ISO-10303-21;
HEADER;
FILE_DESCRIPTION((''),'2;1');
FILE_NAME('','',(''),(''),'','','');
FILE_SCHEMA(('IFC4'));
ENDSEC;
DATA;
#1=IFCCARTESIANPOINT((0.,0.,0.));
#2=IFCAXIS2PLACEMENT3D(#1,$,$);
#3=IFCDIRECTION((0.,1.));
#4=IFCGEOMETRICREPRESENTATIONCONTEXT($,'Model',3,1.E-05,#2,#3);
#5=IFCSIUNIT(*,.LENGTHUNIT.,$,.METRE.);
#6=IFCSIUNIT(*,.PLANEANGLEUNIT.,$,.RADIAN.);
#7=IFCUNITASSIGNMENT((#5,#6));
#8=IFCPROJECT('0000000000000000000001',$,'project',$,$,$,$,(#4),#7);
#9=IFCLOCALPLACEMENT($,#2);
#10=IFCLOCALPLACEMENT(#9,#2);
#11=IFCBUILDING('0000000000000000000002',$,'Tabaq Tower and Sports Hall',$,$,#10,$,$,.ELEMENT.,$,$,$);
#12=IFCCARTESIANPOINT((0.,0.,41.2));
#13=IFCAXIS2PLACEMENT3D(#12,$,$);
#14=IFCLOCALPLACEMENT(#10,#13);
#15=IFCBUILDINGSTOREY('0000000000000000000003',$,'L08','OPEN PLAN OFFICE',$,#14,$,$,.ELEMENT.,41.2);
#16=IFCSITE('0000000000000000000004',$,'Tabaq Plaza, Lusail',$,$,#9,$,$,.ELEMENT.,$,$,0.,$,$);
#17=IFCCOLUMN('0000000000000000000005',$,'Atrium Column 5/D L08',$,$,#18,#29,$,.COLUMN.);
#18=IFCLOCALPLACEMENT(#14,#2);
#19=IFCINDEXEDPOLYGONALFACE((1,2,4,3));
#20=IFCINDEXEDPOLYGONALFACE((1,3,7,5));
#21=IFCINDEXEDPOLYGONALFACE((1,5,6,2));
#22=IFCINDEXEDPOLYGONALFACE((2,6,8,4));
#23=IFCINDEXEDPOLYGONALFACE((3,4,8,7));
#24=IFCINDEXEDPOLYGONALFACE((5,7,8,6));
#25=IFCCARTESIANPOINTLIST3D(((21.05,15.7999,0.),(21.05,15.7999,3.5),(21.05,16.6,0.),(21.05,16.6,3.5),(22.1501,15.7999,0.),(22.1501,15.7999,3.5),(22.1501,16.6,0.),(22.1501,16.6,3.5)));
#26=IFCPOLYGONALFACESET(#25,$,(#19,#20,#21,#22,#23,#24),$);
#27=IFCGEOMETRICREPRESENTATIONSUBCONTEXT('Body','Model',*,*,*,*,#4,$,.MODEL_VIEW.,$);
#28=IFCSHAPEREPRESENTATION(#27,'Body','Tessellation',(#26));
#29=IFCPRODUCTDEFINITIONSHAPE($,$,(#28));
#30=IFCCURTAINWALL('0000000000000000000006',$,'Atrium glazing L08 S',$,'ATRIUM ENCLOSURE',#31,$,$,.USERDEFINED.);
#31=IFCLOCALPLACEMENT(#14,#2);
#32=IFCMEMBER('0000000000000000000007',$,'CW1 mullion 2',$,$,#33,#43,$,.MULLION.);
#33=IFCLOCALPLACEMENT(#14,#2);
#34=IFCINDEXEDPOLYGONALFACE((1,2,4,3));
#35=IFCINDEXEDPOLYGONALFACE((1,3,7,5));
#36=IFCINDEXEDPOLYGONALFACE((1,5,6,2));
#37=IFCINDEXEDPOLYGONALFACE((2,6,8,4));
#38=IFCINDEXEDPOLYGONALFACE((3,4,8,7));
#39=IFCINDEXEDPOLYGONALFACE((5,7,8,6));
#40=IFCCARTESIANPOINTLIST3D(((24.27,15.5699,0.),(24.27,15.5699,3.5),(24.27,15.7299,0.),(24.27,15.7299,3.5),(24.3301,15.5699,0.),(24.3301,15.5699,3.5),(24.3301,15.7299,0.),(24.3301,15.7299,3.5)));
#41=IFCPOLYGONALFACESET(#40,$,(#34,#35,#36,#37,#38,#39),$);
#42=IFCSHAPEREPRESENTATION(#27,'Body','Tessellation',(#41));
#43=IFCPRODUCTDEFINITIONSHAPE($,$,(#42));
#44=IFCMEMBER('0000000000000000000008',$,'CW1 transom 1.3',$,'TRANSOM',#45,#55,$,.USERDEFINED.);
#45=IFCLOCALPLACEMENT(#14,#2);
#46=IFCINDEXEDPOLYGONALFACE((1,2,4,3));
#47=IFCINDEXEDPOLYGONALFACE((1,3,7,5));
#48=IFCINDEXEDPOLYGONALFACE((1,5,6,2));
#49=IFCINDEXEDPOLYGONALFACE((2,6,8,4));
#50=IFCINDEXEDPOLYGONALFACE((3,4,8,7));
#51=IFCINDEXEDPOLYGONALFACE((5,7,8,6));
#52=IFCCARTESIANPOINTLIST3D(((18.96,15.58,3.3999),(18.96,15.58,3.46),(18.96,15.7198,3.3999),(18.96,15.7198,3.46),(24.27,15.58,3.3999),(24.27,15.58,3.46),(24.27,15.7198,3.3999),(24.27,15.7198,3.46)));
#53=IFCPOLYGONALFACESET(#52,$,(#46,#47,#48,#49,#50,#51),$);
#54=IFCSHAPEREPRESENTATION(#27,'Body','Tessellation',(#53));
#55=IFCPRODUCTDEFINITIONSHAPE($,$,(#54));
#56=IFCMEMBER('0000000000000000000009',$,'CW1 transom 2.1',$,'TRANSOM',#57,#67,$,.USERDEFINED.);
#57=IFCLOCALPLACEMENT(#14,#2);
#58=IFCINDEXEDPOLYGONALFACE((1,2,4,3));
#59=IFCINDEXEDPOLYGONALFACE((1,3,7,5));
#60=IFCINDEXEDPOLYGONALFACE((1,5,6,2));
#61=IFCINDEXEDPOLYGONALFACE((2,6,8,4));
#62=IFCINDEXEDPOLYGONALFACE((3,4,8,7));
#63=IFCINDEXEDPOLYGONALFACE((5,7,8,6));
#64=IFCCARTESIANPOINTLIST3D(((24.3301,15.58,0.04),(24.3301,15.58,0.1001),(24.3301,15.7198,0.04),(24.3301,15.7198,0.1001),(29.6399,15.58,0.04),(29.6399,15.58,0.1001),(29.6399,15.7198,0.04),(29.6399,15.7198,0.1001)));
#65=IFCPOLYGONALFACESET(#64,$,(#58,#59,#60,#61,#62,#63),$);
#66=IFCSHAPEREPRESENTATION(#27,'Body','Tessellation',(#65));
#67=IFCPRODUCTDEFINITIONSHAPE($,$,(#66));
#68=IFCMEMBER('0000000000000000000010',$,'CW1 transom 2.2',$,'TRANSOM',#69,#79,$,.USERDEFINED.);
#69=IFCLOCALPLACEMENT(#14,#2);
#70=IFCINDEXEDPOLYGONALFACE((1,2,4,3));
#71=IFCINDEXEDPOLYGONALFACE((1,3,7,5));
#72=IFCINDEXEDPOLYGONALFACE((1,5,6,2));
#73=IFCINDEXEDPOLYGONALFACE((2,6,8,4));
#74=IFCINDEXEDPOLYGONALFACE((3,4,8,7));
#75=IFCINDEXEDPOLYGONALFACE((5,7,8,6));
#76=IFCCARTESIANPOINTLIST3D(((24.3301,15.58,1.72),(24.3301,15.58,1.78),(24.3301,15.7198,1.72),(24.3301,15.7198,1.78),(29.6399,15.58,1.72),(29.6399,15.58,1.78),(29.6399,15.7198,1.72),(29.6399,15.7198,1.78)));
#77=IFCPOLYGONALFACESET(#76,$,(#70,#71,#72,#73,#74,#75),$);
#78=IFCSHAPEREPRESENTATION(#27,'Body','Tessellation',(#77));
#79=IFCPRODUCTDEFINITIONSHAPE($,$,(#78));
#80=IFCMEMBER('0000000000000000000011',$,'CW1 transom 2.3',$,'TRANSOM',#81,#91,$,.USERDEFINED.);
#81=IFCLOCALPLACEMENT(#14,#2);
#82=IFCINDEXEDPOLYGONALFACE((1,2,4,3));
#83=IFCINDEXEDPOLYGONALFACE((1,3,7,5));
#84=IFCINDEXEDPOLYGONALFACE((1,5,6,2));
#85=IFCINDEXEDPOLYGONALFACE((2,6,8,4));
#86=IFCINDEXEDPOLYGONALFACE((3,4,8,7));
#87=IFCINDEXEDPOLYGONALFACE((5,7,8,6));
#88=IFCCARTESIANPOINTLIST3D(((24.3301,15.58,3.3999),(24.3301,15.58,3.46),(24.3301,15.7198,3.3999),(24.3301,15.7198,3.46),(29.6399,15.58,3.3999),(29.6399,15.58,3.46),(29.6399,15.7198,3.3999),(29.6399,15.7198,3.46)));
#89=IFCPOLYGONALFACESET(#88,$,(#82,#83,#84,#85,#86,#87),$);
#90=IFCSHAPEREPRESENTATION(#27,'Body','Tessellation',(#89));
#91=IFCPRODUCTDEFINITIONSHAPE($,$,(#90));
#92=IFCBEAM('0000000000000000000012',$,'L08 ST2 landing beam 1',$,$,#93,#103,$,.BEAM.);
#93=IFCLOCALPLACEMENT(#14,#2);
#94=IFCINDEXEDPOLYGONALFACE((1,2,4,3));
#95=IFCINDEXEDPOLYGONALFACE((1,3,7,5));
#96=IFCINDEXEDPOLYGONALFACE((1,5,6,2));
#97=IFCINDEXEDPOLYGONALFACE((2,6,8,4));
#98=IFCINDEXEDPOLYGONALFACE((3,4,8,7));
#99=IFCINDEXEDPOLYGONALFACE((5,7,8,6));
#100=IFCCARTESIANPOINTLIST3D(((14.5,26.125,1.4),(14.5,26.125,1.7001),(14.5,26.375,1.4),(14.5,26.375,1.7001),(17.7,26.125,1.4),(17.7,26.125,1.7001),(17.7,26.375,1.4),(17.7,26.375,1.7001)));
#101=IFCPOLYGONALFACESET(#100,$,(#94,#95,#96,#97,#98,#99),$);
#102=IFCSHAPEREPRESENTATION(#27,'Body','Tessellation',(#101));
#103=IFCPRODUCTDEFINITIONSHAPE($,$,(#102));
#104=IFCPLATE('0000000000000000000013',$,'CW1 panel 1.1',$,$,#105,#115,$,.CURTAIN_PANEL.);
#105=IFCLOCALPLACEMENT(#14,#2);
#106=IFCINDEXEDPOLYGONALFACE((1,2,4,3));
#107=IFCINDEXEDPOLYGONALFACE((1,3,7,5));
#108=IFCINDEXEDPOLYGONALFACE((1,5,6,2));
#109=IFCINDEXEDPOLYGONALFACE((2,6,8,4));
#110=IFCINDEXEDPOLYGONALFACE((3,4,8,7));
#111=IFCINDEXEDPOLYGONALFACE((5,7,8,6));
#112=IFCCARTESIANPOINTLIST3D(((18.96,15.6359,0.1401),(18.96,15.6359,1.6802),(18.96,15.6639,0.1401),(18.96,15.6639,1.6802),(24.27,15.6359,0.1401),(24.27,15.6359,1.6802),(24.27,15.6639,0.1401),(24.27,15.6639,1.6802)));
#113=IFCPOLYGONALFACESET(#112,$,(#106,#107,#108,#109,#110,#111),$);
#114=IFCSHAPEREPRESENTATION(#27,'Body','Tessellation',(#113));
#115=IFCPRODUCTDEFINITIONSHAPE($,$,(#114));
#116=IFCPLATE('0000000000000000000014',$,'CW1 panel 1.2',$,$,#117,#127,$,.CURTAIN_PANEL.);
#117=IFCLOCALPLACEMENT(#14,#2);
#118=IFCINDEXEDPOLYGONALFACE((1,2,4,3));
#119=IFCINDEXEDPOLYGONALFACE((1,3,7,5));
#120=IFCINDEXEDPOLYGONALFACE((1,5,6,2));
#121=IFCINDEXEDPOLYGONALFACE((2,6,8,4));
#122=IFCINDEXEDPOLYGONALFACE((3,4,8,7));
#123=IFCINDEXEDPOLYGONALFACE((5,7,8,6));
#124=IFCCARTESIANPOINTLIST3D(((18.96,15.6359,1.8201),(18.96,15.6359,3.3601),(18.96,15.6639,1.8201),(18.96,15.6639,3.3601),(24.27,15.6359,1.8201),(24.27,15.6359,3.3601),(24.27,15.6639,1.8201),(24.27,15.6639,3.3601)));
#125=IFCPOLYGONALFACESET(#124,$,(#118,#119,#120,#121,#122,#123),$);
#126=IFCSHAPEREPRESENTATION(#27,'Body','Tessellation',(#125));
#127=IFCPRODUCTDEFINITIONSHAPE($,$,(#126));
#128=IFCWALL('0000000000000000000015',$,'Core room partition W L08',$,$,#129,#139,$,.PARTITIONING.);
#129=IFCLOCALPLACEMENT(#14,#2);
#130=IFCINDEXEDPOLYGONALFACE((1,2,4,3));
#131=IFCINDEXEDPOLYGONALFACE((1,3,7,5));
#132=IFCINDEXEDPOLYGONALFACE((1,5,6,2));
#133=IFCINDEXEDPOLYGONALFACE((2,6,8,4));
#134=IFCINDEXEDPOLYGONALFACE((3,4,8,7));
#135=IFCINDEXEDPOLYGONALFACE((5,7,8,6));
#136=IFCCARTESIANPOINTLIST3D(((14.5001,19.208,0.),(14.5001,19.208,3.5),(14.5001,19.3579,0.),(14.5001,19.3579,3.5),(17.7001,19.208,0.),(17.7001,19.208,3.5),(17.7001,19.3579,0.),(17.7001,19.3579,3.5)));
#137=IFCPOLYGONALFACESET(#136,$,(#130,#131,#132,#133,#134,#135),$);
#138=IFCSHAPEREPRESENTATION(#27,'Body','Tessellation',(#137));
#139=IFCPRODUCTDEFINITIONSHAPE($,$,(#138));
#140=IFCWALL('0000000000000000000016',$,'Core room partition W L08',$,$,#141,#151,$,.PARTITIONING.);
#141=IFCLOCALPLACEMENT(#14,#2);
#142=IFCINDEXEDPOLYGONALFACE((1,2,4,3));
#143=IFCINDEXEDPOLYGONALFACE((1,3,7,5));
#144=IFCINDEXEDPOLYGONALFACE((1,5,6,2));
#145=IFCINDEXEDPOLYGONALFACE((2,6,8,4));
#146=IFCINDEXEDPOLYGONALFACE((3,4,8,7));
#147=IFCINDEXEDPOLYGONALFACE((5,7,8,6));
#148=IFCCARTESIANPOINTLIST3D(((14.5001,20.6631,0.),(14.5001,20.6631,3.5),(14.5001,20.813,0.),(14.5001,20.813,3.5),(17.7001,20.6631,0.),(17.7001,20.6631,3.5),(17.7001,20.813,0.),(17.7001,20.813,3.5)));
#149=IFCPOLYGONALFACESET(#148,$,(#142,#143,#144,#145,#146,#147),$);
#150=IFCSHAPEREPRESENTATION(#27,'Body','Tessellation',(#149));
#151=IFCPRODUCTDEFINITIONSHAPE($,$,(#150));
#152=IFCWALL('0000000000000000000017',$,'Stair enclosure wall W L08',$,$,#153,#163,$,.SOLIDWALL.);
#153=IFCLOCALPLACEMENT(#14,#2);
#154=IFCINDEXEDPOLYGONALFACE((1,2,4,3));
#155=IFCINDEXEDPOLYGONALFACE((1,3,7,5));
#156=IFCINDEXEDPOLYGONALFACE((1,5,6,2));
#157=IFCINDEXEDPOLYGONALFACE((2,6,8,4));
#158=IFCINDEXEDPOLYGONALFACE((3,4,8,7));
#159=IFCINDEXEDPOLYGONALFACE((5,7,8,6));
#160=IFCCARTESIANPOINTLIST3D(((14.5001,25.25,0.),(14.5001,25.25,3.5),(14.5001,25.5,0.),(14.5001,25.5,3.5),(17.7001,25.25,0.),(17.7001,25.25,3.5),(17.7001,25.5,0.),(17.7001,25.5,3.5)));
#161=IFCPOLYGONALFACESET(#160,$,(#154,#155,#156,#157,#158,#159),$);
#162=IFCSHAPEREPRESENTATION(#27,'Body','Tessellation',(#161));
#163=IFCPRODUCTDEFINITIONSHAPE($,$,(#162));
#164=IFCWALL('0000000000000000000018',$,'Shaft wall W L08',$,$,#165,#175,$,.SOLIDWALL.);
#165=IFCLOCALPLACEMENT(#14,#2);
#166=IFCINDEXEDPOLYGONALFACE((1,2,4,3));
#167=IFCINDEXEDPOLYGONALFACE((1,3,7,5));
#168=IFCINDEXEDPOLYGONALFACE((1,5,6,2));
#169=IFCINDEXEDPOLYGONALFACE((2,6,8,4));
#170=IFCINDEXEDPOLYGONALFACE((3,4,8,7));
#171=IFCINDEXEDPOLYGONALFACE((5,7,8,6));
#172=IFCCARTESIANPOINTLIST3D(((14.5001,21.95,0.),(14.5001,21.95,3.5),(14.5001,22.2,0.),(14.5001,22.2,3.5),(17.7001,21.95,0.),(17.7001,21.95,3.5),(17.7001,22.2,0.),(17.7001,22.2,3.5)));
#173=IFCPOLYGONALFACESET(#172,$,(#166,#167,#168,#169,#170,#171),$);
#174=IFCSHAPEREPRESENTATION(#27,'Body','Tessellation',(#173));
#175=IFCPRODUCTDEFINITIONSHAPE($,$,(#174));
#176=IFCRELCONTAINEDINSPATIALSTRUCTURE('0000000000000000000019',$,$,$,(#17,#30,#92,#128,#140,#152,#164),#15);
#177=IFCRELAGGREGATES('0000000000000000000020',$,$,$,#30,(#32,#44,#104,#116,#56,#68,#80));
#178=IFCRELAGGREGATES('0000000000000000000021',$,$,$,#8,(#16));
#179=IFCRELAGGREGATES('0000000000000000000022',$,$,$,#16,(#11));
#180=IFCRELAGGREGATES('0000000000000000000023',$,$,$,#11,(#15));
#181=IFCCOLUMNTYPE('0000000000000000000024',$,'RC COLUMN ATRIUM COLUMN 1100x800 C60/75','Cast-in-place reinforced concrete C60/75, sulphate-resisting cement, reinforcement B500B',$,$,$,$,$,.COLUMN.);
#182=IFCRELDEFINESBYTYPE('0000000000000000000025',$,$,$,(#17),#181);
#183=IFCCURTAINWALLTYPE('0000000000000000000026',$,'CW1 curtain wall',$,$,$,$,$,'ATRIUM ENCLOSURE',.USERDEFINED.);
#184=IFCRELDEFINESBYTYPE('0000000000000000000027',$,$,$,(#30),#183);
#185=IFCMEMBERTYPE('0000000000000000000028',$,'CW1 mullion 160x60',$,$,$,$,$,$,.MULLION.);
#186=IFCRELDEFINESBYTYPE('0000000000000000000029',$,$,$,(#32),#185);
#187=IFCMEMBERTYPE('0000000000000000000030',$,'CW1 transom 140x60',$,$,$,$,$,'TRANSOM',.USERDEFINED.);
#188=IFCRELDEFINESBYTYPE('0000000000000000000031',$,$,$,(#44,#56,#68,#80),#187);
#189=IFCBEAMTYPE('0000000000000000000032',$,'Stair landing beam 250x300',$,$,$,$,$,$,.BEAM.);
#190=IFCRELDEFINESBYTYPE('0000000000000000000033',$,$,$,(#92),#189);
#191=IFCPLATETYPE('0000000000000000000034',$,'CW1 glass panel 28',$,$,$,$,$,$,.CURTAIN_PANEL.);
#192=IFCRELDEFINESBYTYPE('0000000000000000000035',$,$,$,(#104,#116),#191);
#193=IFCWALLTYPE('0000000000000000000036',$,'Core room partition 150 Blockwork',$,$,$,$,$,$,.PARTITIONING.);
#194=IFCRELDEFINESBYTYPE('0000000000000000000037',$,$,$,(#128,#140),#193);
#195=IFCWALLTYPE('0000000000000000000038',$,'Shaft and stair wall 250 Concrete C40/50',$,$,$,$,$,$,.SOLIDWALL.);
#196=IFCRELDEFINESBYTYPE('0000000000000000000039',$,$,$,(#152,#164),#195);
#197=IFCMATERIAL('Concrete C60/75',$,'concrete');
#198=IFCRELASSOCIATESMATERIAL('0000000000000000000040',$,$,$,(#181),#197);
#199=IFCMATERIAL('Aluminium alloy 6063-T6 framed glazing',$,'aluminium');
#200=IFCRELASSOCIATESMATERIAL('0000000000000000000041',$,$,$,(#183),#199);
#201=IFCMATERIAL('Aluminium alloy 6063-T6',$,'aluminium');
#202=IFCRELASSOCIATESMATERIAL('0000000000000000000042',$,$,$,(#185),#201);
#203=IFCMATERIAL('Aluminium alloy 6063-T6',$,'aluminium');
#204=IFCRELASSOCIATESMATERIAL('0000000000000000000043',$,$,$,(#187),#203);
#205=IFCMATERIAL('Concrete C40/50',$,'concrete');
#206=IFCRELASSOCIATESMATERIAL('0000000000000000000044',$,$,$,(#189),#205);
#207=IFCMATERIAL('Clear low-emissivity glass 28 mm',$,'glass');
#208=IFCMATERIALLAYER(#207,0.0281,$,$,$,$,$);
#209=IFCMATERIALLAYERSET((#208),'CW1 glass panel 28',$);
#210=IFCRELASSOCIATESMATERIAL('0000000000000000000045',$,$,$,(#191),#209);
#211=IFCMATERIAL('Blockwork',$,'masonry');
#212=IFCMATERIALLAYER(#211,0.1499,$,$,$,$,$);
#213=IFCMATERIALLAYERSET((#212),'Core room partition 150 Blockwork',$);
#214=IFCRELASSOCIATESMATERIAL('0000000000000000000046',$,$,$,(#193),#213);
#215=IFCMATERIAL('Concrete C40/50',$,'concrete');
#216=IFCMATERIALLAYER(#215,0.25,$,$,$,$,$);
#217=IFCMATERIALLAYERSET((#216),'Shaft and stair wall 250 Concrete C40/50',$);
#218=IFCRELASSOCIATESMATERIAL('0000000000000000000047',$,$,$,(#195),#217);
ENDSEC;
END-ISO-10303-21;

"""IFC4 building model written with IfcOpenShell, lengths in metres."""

from ifc_helpers import new_model, si_unit, direction, frame, frame_2d, origin, origin_2d, place, context, subcontext, project, spatial, rectangle, extrude, material, layer, layer_set, material_profile, profile_set, type_object, element, aggregate, save


model = new_model("IFC4")

# Units and contexts
model_context = context("Model", 3, precision=1e-05, world=origin(), true_north=direction((0.0, 1.0)))
body_context = subcontext(model_context, "Body", "Model", "MODEL_VIEW")
ifc_project = project(units=[si_unit("LENGTHUNIT", "METRE"), si_unit("PLANEANGLEUNIT", "RADIAN")], contexts=[model_context])

# Site, building, storey
site_placement = place(None, origin())
site = spatial("IfcSite", under=ifc_project, at=site_placement, Name="Tabaq Plaza, Lusail", CompositionType="ELEMENT", RefElevation=0.0)
building_placement = place(site_placement, origin())
building = spatial("IfcBuilding", under=site, at=building_placement, Name="Tabaq Tower and Sports Hall", CompositionType="ELEMENT")
storey_placement = place(building_placement, frame((0.0, 0.0, 41.2)))
storey = spatial("IfcBuildingStorey", under=building, at=storey_placement, Name="L08", Description="OPEN PLAN OFFICE", CompositionType="ELEMENT", Elevation=41.2)

# Column
ifc_material_1 = material(Name="Concrete C60/75", Category="concrete")
ifc_material_profile_1 = material_profile(ifc_material_1, rectangle(XDim=1.1001, YDim=0.8, at=origin_2d()), Name="ATRIUM COLUMN 1100x800")
ifc_profile_set_1 = profile_set([ifc_material_profile_1], Name="Concrete C60/75")
column_type = type_object("IfcColumnType", Name="RC COLUMN ATRIUM COLUMN 1100x800 C60/75", Description="Cast-in-place reinforced concrete C60/75, sulphate-resisting cement, reinforcement B500B", PredefinedType="COLUMN", material=ifc_profile_set_1)
column_placement = place(storey_placement, frame((21.6001, 16.2, 0.0), z_axis=(0.0, 0.0, 1.0), x_axis=(1.0, 0.0, 0.0)))
element("IfcColumn", 1, at=column_placement, inside=storey, type_object=column_type, Name="Atrium Column 5/D L08", PredefinedType="COLUMN", context=body_context, shape_type="SweptSolid", body=[
    extrude(rectangle(XDim=1.1001, YDim=0.8, at=origin_2d()), origin(), (0.0, 0.0, 1.0), 3.5),
])

# Curtain wall, members
ifc_material_2 = material(Name="Aluminium alloy 6063-T6 framed glazing", Category="aluminium")
curtain_wall_type = type_object("IfcCurtainWallType", Name="CW1 curtain wall", ElementType="ATRIUM ENCLOSURE", PredefinedType="USERDEFINED", material=ifc_material_2)
curtain_wall_placement = place(storey_placement, origin())
curtain_wall = element("IfcCurtainWall", 2, at=curtain_wall_placement, inside=storey, type_object=curtain_wall_type, Name="Atrium glazing L08 S", ObjectType="ATRIUM ENCLOSURE", PredefinedType="USERDEFINED")
ifc_material_3 = material(Name="Aluminium alloy 6063-T6", Category="aluminium")
ifc_material_profile_2 = material_profile(ifc_material_3, rectangle(XDim=0.1599, YDim=0.0601, at=origin_2d()), Name="MULLION 160x60")
ifc_profile_set_2 = profile_set([ifc_material_profile_2], Name="Aluminium alloy 6063-T6")
member_type_1 = type_object("IfcMemberType", Name="CW1 mullion 160x60", PredefinedType="MULLION", material=ifc_profile_set_2)
member_1_placement = place(storey_placement, frame((24.3, 15.6499, 0.0), z_axis=(0.0, 0.0, 1.0), x_axis=(0.0, 1.0, 0.0)))
member_1 = element("IfcMember", 3, at=member_1_placement, type_object=member_type_1, Name="CW1 mullion 2", PredefinedType="MULLION", context=body_context, shape_type="SweptSolid", body=[
    extrude(rectangle(XDim=0.1599, YDim=0.0601, at=origin_2d()), origin(), (0.0, 0.0, 1.0), 3.5),
])
ifc_material_4 = material(Name="Aluminium alloy 6063-T6", Category="aluminium")
ifc_material_profile_3 = material_profile(ifc_material_4, rectangle(XDim=0.1399, YDim=0.0601, at=origin_2d()), Name="TRANSOM 140x60")
ifc_profile_set_3 = profile_set([ifc_material_profile_3], Name="Aluminium alloy 6063-T6")
member_type_2 = type_object("IfcMemberType", Name="CW1 transom 140x60", ElementType="TRANSOM", PredefinedType="USERDEFINED", material=ifc_profile_set_3)
member_2_placement = place(storey_placement, frame((18.96, 15.6499, 3.4299), z_axis=(1.0, 0.0, 0.0), x_axis=(0.0, 1.0, 0.0)))
member_2 = element("IfcMember", 4, at=member_2_placement, type_object=member_type_2, Name="CW1 transom 1.3", ObjectType="TRANSOM", PredefinedType="USERDEFINED", context=body_context, shape_type="SweptSolid", body=[
    extrude(rectangle(XDim=0.1399, YDim=0.0601, at=origin_2d()), origin(), (0.0, 0.0, 1.0), 5.3101),
])
member_3_placement = place(storey_placement, frame((24.3301, 15.6499, 0.0701), z_axis=(1.0, 0.0, 0.0), x_axis=(0.0, 1.0, 0.0)))
member_3 = element("IfcMember", 5, at=member_3_placement, type_object=member_type_2, Name="CW1 transom 2.1", ObjectType="TRANSOM", PredefinedType="USERDEFINED", context=body_context, shape_type="SweptSolid", body=[
    extrude(rectangle(XDim=0.1399, YDim=0.0601, at=origin_2d()), origin(), (0.0, 0.0, 1.0), 5.3098),
])
member_4_placement = place(storey_placement, frame((24.3301, 15.6499, 1.75), z_axis=(1.0, 0.0, 0.0), x_axis=(0.0, 1.0, 0.0)))
member_4 = element("IfcMember", 6, at=member_4_placement, type_object=member_type_2, Name="CW1 transom 2.2", ObjectType="TRANSOM", PredefinedType="USERDEFINED", context=body_context, shape_type="SweptSolid", body=[
    extrude(rectangle(XDim=0.1399, YDim=0.0601, at=origin_2d()), origin(), (0.0, 0.0, 1.0), 5.3098),
])
member_5_placement = place(storey_placement, frame((24.3301, 15.6499, 3.4299), z_axis=(1.0, 0.0, 0.0), x_axis=(0.0, 1.0, 0.0)))
member_5 = element("IfcMember", 7, at=member_5_placement, type_object=member_type_2, Name="CW1 transom 2.3", ObjectType="TRANSOM", PredefinedType="USERDEFINED", context=body_context, shape_type="SweptSolid", body=[
    extrude(rectangle(XDim=0.1399, YDim=0.0601, at=origin_2d()), origin(), (0.0, 0.0, 1.0), 5.3098),
])

# Beam
ifc_material_5 = material(Name="Concrete C40/50", Category="concrete")
ifc_material_profile_4 = material_profile(ifc_material_5, rectangle(XDim=0.25, YDim=0.3, at=origin_2d()), Name="RC 250x300")
ifc_profile_set_4 = profile_set([ifc_material_profile_4], Name="Concrete C40/50")
beam_type = type_object("IfcBeamType", Name="Stair landing beam 250x300", PredefinedType="BEAM", material=ifc_profile_set_4)
beam_placement = place(storey_placement, frame((14.5, 26.25, 1.55), z_axis=(1.0, 0.0, 0.0), x_axis=(0.0, 1.0, 0.0)))
element("IfcBeam", 8, at=beam_placement, inside=storey, type_object=beam_type, Name="L08 ST2 landing beam 1", PredefinedType="BEAM", context=body_context, shape_type="SweptSolid", body=[
    extrude(rectangle(XDim=0.25, YDim=0.3, at=origin_2d()), origin(), (0.0, 0.0, 1.0), 3.2),
])

# Plates
ifc_material_6 = material(Name="Clear low-emissivity glass 28 mm", Category="glass")
ifc_layer_1 = layer(ifc_material_6, 0.0281)
ifc_layer_set_1 = layer_set([ifc_layer_1], Name="CW1 glass panel 28")
plate_type = type_object("IfcPlateType", Name="CW1 glass panel 28", PredefinedType="CURTAIN_PANEL", material=ifc_layer_set_1)
plate_1_placement = place(storey_placement, frame((21.615, 15.6499, 0.1401), z_axis=(0.0, 0.0, 1.0), x_axis=(1.0, 0.0, 0.0)))
plate_1 = element("IfcPlate", 9, at=plate_1_placement, type_object=plate_type, Name="CW1 panel 1.1", PredefinedType="CURTAIN_PANEL", context=body_context, shape_type="SweptSolid", body=[
    extrude(rectangle(XDim=5.3101, YDim=0.0281, at=origin_2d()), origin(), (0.0, 0.0, 1.0), 1.54),
])
plate_2_placement = place(storey_placement, frame((21.615, 15.6499, 1.8201), z_axis=(0.0, 0.0, 1.0), x_axis=(1.0, 0.0, 0.0)))
plate_2 = element("IfcPlate", 10, at=plate_2_placement, type_object=plate_type, Name="CW1 panel 1.2", PredefinedType="CURTAIN_PANEL", context=body_context, shape_type="SweptSolid", body=[
    extrude(rectangle(XDim=5.3101, YDim=0.0281, at=origin_2d()), origin(), (0.0, 0.0, 1.0), 1.54),
])
aggregate(curtain_wall, [member_1, member_2, plate_1, plate_2, member_3, member_4, member_5])

# Walls
ifc_material_7 = material(Name="Blockwork", Category="masonry")
ifc_layer_2 = layer(ifc_material_7, 0.1499)
ifc_layer_set_2 = layer_set([ifc_layer_2], Name="Core room partition 150 Blockwork")
wall_type_1 = type_object("IfcWallType", Name="Core room partition 150 Blockwork", PredefinedType="PARTITIONING", material=ifc_layer_set_2)
for number, where, z_axis, x_axis, name in (
    (11, (14.5, 19.283, 0.0), (0.0, 0.0, 1.0), (1.0, 0.0, 0.0), "Core room partition W L08"),
    (12, (14.5, 20.738, 0.0), (0.0, 0.0, 1.0), (1.0, 0.0, 0.0), "Core room partition W L08"),
):
    element("IfcWall", number, at=place(storey_placement, frame(where, z_axis=z_axis, x_axis=x_axis)), inside=storey, type_object=wall_type_1, Name=name, PredefinedType="PARTITIONING", context=body_context, shape_type="SweptSolid", body=[
        extrude(rectangle(XDim=3.2, YDim=0.1499, at=frame_2d((1.6001, 0.0))), origin(), (0.0, 0.0, 1.0), 3.5),
    ])

# Walls
ifc_material_8 = material(Name="Concrete C40/50", Category="concrete")
ifc_layer_3 = layer(ifc_material_8, 0.25)
ifc_layer_set_3 = layer_set([ifc_layer_3], Name="Shaft and stair wall 250 Concrete C40/50")
wall_type_2 = type_object("IfcWallType", Name="Shaft and stair wall 250 Concrete C40/50", PredefinedType="SOLIDWALL", material=ifc_layer_set_3)
for number, where, z_axis, x_axis, name in (
    (13, (14.5, 25.375, 0.0), (0.0, 0.0, 1.0), (1.0, 0.0, 0.0), "Stair enclosure wall W L08"),
    (14, (14.5, 22.075, 0.0), (0.0, 0.0, 1.0), (1.0, 0.0, 0.0), "Shaft wall W L08"),
):
    element("IfcWall", number, at=place(storey_placement, frame(where, z_axis=z_axis, x_axis=x_axis)), inside=storey, type_object=wall_type_2, Name=name, PredefinedType="SOLIDWALL", context=body_context, shape_type="SweptSolid", body=[
        extrude(rectangle(XDim=3.2, YDim=0.25, at=frame_2d((1.6001, 0.0))), origin(), (0.0, 0.0, 1.0), 3.5),
    ])

save(model, "model.ifc")
